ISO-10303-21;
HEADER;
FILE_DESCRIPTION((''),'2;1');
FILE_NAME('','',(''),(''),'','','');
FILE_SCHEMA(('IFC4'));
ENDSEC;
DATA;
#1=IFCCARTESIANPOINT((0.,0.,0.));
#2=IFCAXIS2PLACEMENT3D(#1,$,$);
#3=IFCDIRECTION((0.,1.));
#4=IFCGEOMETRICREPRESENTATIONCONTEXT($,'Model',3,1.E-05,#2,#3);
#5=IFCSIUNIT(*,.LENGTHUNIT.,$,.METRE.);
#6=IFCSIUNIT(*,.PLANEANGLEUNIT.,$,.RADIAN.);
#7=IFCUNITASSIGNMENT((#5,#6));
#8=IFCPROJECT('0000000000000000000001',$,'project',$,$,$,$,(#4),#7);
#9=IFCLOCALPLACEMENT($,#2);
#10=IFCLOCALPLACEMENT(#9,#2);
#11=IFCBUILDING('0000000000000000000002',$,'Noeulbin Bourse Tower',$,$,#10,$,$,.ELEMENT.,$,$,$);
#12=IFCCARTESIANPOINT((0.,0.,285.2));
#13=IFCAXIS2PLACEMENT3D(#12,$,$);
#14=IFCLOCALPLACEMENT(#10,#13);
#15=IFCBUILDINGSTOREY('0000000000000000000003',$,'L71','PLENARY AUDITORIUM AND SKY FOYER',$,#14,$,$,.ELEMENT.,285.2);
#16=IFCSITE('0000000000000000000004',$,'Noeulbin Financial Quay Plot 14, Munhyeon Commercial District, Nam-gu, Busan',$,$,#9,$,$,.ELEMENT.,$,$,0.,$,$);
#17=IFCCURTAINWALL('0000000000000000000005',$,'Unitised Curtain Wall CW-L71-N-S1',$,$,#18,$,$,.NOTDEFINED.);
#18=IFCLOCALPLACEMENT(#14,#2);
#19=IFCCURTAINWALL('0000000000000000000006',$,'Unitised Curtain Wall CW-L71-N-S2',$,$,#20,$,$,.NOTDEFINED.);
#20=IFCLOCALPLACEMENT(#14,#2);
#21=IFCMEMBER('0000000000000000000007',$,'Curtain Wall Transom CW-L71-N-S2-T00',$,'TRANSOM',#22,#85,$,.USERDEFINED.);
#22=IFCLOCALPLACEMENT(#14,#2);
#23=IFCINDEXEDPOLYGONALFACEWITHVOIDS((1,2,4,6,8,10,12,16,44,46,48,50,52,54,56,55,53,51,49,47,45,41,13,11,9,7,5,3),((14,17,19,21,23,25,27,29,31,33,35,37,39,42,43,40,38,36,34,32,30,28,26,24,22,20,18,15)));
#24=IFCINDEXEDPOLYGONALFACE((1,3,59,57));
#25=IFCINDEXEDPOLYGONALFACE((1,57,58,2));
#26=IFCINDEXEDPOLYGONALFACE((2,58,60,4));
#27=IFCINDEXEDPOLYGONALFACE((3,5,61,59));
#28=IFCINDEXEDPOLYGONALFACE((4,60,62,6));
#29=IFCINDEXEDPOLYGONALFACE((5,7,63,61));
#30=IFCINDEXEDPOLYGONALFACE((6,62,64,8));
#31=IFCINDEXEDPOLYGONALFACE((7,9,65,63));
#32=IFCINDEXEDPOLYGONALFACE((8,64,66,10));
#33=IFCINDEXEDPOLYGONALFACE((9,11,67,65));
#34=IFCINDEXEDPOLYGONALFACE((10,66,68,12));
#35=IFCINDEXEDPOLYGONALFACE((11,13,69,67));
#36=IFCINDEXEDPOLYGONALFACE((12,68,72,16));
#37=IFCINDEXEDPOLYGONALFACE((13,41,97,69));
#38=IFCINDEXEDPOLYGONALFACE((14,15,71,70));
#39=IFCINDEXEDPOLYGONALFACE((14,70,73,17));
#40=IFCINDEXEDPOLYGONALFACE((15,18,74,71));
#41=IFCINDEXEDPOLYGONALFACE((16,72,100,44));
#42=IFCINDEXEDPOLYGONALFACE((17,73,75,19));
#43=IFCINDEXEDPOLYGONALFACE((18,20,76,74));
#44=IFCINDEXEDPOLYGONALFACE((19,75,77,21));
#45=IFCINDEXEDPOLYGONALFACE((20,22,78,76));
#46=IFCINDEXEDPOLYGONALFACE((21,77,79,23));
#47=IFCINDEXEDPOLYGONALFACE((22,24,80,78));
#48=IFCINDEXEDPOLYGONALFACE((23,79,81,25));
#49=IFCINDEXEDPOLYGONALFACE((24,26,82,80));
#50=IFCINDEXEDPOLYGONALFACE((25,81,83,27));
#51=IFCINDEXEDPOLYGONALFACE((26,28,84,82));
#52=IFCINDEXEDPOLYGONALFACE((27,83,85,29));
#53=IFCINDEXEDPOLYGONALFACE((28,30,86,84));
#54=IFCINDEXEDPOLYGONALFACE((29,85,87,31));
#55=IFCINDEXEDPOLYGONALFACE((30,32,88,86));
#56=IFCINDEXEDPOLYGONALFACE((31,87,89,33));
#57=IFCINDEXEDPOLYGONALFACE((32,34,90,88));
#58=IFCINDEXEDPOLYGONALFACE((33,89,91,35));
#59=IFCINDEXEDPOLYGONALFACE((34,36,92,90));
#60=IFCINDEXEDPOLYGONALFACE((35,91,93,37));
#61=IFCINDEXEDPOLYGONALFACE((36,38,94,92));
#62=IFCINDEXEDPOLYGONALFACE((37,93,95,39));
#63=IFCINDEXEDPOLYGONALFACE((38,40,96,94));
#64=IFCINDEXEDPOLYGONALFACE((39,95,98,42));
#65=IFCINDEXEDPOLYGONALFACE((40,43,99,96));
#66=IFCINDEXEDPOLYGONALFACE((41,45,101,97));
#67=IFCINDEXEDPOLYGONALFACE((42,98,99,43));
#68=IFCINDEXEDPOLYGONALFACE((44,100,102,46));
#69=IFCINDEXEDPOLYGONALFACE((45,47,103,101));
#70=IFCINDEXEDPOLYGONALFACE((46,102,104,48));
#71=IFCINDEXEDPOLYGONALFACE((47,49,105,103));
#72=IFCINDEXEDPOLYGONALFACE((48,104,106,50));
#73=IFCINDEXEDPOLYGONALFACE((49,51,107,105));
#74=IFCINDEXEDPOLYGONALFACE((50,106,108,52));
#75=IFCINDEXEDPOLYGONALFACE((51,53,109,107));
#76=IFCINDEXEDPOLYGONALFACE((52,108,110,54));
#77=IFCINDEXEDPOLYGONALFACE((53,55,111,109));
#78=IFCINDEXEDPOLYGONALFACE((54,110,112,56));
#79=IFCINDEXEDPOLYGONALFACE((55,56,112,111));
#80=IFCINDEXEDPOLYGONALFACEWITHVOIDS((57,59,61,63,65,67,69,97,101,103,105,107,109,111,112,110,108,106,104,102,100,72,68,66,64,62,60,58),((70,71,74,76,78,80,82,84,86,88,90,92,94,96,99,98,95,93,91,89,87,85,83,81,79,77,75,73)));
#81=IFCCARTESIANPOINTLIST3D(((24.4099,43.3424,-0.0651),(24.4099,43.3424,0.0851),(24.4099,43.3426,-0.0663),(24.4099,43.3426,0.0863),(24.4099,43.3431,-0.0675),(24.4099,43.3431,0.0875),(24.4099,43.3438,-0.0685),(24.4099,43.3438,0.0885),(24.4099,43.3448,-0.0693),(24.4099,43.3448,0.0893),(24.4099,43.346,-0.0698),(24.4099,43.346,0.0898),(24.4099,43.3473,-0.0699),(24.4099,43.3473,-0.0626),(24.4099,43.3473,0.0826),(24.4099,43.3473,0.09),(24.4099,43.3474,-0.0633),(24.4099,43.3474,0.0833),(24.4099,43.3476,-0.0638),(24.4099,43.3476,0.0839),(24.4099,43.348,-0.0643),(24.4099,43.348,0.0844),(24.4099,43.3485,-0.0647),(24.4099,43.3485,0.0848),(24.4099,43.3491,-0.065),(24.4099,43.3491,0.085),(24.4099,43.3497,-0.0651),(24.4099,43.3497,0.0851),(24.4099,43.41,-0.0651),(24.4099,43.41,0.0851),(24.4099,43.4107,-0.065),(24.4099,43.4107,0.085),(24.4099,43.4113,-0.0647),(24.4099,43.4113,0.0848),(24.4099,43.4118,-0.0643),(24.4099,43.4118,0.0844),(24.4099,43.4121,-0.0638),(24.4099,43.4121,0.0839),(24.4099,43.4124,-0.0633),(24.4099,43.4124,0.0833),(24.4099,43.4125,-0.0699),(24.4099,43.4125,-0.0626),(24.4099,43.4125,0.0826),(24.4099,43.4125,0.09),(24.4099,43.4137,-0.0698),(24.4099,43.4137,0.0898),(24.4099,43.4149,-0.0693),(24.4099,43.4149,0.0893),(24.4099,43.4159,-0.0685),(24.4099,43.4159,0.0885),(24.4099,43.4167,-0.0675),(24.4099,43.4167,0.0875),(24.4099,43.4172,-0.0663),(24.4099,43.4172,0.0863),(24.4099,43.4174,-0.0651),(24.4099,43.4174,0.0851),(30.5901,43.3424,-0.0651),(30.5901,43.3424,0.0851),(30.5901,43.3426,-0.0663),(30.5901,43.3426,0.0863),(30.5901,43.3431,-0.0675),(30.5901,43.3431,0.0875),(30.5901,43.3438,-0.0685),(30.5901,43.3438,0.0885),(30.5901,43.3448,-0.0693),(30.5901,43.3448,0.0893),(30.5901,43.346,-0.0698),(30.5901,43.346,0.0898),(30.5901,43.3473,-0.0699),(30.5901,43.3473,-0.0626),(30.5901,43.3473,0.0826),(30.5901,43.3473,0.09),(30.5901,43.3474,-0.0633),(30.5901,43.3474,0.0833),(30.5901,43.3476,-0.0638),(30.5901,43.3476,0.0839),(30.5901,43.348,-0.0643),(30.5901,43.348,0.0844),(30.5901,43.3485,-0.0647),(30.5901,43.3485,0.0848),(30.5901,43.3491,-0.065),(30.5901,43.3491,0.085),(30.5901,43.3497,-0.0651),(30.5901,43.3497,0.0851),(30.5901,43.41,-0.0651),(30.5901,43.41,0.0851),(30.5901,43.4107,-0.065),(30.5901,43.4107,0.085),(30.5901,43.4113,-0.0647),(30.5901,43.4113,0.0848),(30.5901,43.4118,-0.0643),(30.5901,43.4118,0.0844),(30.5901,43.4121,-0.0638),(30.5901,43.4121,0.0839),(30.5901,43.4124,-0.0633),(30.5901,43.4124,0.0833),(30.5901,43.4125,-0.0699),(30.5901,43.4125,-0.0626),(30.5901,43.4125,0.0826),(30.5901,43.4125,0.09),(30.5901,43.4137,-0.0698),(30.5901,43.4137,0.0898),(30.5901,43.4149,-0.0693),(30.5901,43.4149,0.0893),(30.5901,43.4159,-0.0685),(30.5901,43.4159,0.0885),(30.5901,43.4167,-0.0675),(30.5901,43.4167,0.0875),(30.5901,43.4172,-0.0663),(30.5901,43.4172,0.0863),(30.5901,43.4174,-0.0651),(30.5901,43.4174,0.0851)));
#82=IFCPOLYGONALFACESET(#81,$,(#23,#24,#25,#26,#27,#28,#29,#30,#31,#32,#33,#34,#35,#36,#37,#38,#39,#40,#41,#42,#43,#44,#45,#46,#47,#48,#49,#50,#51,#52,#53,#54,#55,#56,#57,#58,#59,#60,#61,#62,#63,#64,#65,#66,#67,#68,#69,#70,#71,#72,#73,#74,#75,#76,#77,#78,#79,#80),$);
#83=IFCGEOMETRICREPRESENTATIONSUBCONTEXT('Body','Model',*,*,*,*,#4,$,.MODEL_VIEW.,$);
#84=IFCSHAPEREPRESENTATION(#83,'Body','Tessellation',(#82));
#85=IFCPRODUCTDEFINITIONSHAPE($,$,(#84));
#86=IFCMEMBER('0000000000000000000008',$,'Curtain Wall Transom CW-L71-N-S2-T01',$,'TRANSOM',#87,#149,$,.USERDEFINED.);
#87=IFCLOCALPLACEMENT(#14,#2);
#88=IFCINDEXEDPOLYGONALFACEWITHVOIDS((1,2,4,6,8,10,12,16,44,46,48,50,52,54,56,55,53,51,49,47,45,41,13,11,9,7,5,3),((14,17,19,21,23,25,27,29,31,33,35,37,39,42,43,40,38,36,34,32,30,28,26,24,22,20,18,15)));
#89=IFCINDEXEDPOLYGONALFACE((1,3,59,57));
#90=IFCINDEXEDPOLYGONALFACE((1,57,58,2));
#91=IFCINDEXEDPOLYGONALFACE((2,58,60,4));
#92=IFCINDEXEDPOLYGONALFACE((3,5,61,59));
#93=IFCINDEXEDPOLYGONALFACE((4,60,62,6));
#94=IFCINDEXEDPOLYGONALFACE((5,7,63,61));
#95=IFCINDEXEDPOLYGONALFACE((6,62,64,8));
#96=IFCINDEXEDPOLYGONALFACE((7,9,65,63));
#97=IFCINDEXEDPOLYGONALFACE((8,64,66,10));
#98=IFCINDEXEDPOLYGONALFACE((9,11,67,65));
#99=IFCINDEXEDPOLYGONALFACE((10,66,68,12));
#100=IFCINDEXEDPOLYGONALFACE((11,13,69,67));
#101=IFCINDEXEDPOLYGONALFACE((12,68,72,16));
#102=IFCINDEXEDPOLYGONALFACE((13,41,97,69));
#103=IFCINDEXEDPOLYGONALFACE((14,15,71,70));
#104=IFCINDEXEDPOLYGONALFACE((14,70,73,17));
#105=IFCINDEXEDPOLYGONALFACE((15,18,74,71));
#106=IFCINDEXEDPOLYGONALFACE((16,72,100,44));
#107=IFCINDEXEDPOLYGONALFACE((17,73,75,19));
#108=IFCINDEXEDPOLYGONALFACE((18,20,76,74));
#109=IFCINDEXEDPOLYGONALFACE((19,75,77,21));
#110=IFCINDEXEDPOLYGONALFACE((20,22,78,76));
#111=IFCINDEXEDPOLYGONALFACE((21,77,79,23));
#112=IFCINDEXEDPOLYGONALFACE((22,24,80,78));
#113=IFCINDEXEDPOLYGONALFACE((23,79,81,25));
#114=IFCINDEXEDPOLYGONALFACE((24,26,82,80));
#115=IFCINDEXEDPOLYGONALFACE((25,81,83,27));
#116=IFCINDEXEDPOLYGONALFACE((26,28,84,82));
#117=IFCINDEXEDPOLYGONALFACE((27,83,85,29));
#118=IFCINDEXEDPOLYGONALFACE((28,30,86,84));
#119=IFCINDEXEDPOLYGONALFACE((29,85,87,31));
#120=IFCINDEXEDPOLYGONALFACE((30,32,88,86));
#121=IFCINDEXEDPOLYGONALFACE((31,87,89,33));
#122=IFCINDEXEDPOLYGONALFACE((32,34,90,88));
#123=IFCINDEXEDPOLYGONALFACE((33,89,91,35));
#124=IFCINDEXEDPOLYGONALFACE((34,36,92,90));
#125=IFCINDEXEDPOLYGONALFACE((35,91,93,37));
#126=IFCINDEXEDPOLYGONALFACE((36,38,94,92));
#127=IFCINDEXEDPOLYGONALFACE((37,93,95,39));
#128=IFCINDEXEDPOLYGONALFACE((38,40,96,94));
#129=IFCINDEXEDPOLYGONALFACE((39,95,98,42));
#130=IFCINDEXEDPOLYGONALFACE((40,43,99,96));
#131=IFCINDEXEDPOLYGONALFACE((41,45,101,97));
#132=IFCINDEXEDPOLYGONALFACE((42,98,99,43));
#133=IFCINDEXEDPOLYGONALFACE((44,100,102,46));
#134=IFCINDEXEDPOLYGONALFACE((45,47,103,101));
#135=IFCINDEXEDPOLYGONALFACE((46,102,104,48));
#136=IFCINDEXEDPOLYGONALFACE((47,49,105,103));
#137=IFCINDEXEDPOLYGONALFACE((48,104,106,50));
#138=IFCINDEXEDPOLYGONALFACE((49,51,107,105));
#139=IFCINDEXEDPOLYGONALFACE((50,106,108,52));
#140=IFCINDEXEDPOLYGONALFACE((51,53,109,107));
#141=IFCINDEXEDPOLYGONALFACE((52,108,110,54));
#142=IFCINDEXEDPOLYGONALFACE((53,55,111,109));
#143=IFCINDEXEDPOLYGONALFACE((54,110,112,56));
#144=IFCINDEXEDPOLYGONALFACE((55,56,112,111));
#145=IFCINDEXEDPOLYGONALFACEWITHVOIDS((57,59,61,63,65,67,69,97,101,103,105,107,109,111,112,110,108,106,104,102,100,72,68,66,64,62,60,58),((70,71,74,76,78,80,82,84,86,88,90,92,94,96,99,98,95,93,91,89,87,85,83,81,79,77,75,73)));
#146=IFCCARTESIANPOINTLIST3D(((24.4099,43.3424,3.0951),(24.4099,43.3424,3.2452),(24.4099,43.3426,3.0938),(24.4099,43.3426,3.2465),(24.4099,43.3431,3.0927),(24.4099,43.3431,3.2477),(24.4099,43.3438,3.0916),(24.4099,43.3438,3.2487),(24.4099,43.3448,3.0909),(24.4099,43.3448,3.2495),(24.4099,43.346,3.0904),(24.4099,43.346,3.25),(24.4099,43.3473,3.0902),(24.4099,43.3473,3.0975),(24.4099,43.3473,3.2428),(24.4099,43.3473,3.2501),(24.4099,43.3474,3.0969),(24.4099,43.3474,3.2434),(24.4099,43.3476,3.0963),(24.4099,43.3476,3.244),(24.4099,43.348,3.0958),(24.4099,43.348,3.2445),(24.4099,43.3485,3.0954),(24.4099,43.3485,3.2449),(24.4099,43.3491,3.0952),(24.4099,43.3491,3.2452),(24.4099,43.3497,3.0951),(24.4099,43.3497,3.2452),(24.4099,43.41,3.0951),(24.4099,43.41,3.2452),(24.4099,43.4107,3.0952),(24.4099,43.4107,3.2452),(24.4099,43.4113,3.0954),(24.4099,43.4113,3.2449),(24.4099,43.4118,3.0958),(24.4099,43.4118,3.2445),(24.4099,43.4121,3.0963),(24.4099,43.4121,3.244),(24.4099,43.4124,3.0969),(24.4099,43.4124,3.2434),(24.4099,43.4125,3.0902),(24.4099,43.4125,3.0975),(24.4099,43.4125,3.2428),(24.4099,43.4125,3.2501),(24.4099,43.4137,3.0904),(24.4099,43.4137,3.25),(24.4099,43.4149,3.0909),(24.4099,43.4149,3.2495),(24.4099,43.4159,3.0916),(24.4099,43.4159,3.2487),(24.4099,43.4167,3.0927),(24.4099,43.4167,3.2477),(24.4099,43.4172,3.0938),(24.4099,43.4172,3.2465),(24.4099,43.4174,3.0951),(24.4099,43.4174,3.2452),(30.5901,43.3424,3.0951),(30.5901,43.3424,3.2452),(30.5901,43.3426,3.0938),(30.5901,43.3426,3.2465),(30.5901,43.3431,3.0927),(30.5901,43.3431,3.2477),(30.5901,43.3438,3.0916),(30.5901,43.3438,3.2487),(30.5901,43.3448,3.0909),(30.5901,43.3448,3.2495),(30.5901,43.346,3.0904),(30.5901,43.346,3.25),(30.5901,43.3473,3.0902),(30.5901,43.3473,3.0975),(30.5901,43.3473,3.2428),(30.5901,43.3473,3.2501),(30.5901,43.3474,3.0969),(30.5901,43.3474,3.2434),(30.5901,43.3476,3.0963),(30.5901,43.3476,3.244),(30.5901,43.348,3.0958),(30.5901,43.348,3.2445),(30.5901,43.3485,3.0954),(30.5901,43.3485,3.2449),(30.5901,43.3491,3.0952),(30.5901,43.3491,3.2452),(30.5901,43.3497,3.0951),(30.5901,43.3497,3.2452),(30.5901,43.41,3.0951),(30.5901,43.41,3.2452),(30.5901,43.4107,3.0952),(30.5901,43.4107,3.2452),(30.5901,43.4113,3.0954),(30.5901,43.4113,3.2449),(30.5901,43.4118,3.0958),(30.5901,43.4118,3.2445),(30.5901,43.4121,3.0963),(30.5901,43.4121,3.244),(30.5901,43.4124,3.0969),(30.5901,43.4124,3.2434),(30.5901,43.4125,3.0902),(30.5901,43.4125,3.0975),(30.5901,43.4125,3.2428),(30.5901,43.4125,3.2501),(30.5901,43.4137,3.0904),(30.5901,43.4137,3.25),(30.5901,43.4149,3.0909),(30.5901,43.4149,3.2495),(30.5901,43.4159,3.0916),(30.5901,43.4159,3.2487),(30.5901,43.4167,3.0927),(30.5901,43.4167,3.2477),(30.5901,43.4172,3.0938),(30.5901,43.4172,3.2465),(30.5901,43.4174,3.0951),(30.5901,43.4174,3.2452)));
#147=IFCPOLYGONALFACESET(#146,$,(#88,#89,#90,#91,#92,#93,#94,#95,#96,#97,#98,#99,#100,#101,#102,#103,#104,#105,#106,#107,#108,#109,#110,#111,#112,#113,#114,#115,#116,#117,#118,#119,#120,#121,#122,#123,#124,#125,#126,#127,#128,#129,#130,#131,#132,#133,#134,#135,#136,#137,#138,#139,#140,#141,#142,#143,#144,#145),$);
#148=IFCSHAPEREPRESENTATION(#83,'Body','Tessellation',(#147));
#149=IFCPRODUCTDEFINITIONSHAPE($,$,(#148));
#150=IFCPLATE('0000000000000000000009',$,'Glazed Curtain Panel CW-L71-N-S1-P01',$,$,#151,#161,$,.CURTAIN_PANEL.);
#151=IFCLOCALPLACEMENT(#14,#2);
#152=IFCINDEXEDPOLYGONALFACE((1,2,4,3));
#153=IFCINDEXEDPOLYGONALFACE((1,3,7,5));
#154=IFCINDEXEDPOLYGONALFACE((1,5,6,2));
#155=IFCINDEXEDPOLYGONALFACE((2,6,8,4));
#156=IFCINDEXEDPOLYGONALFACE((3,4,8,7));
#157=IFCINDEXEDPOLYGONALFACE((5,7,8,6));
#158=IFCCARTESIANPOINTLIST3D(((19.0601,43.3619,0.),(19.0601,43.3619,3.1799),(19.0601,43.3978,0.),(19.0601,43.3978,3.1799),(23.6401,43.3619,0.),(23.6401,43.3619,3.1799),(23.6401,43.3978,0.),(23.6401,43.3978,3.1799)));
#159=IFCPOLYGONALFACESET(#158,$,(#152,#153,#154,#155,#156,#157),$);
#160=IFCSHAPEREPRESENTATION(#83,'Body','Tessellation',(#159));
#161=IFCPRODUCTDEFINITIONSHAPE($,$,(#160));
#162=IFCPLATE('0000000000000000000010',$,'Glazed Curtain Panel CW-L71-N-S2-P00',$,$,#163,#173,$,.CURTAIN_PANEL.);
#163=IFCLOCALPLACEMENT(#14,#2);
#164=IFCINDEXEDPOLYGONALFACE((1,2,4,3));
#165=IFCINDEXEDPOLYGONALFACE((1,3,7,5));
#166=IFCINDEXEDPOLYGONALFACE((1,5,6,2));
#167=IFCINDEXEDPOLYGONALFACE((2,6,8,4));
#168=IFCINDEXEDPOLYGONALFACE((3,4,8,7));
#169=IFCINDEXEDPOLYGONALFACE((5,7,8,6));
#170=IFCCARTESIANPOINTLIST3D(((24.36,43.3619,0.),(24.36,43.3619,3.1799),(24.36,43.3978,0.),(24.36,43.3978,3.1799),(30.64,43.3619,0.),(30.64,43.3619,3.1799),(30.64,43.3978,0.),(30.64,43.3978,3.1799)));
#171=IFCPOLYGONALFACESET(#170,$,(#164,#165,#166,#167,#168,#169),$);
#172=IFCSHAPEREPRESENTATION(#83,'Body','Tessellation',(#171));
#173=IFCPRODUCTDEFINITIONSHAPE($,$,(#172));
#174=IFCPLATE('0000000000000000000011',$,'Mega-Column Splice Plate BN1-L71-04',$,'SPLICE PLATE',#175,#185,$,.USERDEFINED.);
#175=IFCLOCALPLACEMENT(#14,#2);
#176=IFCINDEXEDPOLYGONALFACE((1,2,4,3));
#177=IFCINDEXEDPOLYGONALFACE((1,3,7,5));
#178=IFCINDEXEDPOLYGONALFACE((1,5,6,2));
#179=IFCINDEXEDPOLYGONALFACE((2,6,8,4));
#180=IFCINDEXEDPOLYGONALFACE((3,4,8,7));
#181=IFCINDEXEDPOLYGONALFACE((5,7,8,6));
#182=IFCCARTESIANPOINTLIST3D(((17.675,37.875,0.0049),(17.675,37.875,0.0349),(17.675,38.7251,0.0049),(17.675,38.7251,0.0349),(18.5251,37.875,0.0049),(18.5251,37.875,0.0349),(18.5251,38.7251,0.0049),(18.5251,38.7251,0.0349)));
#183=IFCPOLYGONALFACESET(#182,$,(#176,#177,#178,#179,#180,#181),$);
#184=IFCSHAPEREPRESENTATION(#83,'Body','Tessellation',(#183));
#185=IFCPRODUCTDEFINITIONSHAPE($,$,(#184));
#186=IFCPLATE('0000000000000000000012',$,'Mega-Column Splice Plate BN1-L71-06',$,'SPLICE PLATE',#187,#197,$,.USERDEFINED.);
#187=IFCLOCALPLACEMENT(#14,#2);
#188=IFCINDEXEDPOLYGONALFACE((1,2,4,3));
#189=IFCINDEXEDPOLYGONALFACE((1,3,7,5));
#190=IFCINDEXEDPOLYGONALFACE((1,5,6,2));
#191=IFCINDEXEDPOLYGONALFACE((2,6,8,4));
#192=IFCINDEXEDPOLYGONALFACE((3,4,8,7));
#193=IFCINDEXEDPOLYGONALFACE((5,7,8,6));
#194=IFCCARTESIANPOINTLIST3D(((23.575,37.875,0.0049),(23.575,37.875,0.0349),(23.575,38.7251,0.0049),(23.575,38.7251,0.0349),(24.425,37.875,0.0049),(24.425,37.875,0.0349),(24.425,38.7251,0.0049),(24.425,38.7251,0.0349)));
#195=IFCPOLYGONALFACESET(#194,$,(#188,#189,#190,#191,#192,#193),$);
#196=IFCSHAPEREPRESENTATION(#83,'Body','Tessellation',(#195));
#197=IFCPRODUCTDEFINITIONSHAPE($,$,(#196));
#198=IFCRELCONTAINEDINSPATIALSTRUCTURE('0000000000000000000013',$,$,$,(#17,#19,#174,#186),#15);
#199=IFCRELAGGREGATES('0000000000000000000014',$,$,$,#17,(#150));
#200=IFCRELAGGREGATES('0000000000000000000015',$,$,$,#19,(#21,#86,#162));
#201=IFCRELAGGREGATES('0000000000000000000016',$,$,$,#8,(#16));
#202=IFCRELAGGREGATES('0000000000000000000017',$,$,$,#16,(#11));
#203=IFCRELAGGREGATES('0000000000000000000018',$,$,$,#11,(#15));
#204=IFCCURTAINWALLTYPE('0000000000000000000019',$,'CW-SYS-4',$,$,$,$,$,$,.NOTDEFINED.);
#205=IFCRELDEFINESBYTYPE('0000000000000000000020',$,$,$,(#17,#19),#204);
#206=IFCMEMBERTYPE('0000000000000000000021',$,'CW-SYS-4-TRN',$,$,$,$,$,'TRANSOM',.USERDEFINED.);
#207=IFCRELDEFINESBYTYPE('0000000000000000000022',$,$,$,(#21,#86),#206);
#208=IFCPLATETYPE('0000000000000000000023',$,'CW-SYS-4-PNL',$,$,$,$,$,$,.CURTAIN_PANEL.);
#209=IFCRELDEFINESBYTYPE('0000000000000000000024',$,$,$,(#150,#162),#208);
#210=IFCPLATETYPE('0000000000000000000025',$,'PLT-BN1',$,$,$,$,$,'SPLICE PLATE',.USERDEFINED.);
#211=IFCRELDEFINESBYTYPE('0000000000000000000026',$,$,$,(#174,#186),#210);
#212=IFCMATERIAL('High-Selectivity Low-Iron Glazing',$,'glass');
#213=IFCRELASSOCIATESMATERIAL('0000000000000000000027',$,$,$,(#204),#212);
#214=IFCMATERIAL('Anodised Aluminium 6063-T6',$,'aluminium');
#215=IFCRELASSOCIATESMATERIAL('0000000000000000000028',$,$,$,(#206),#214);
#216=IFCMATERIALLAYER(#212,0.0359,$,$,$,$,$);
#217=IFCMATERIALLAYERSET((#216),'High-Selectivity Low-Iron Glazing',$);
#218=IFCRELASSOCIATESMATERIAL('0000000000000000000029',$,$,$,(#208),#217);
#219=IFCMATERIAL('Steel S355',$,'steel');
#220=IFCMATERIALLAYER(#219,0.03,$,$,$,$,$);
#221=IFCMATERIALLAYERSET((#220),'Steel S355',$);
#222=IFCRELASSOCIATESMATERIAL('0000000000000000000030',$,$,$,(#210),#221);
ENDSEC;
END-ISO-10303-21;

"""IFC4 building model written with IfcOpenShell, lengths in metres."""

from ifc_helpers import new_model, si_unit, direction, frame, origin, origin_2d, place, context, subcontext, project, spatial, rectangle, hollow_rectangle, extrude, material, layer, layer_set, material_profile, profile_set, type_object, element, aggregate, save


model = new_model("IFC4")

# Units and contexts
model_context = context("Model", 3, precision=1e-05, world=origin(), true_north=direction((0.0, 1.0)))
body_context = subcontext(model_context, "Body", "Model", "MODEL_VIEW")
ifc_project = project(units=[si_unit("LENGTHUNIT", "METRE"), si_unit("PLANEANGLEUNIT", "RADIAN")], contexts=[model_context])

# Site, building, storey
site_placement = place(None, origin())
site = spatial("IfcSite", under=ifc_project, at=site_placement, Name="Noeulbin Financial Quay Plot 14, Munhyeon Commercial District, Nam-gu, Busan", CompositionType="ELEMENT", RefElevation=0.0)
building_placement = place(site_placement, origin())
building = spatial("IfcBuilding", under=site, at=building_placement, Name="Noeulbin Bourse Tower", CompositionType="ELEMENT")
storey_placement = place(building_placement, frame((0.0, 0.0, 285.2)))
storey = spatial("IfcBuildingStorey", under=building, at=storey_placement, Name="L71", Description="PLENARY AUDITORIUM AND SKY FOYER", CompositionType="ELEMENT", Elevation=285.2)

# Shared definitions
ifc_material_1 = material(Name="Steel S355", Category="steel")

# Curtain walls, members
ifc_material_2 = material(Name="High-Selectivity Low-Iron Glazing", Category="glass")
curtain_wall_type = type_object("IfcCurtainWallType", Name="CW-SYS-4", PredefinedType="NOTDEFINED", material=ifc_material_2)
curtain_wall_1_placement = place(storey_placement, origin())
curtain_wall_1 = element("IfcCurtainWall", 1, at=curtain_wall_1_placement, inside=storey, type_object=curtain_wall_type, Name="Unitised Curtain Wall CW-L71-N-S1", PredefinedType="NOTDEFINED")
ifc_material_3 = material(Name="Anodised Aluminium 6063-T6", Category="aluminium")
curtain_wall_2_placement = place(storey_placement, origin())
curtain_wall_2 = element("IfcCurtainWall", 2, at=curtain_wall_2_placement, inside=storey, type_object=curtain_wall_type, Name="Unitised Curtain Wall CW-L71-N-S2", PredefinedType="NOTDEFINED")
ifc_material_profile_1 = material_profile(ifc_material_3, hollow_rectangle(XDim=0.075, YDim=0.1599, WallThickness=0.0049, InnerFilletRadius=0.0024, OuterFilletRadius=0.0049, at=origin_2d()), Name="ALU-TRAN-75x160x5", Category="LoadBearing")
ifc_profile_set_1 = profile_set([ifc_material_profile_1], Name="Anodised Aluminium 6063-T6")
member_type_1 = type_object("IfcMemberType", Name="CW-SYS-4-TRN", ElementType="TRANSOM", PredefinedType="USERDEFINED", material=ifc_profile_set_1)
member_1_placement = place(storey_placement, frame((24.4099, 43.3799, 0.01), z_axis=(1.0, 0.0, 0.0), x_axis=(0.0, 1.0, 0.0)))
member_1 = element("IfcMember", 3, at=member_1_placement, type_object=member_type_1, Name="Curtain Wall Transom CW-L71-N-S2-T00", ObjectType="TRANSOM", PredefinedType="USERDEFINED", context=body_context, shape_type="SweptSolid", body=[
    extrude(hollow_rectangle(XDim=0.075, YDim=0.1599, WallThickness=0.0049, InnerFilletRadius=0.0024, OuterFilletRadius=0.0049, at=origin_2d()), origin(), (0.0, 0.0, 1.0), 6.1802),
])
member_2_placement = place(storey_placement, frame((24.4099, 43.3799, 3.1702), z_axis=(1.0, 0.0, 0.0), x_axis=(0.0, 1.0, 0.0)))
member_2 = element("IfcMember", 4, at=member_2_placement, type_object=member_type_1, Name="Curtain Wall Transom CW-L71-N-S2-T01", ObjectType="TRANSOM", PredefinedType="USERDEFINED", context=body_context, shape_type="SweptSolid", body=[
    extrude(hollow_rectangle(XDim=0.075, YDim=0.1599, WallThickness=0.0049, InnerFilletRadius=0.0024, OuterFilletRadius=0.0049, at=origin_2d()), origin(), (0.0, 0.0, 1.0), 6.1802),
])

# Plates
ifc_layer_1 = layer(ifc_material_2, 0.0359)
ifc_layer_set_1 = layer_set([ifc_layer_1], Name="High-Selectivity Low-Iron Glazing")
plate_type_1 = type_object("IfcPlateType", Name="CW-SYS-4-PNL", PredefinedType="CURTAIN_PANEL", material=ifc_layer_set_1)
plate_1_placement = place(storey_placement, frame((21.3501, 43.3799, 0.0), z_axis=(0.0, 0.0, 1.0), x_axis=(1.0, 0.0, 0.0)))
plate_1 = element("IfcPlate", 5, at=plate_1_placement, type_object=plate_type_1, Name="Glazed Curtain Panel CW-L71-N-S1-P01", PredefinedType="CURTAIN_PANEL", context=body_context, shape_type="SweptSolid", body=[
    extrude(rectangle(XDim=4.5801, YDim=0.0359, at=origin_2d()), origin(), (0.0, 0.0, 1.0), 3.1799),
])
aggregate(curtain_wall_1, [plate_1])
plate_2_placement = place(storey_placement, frame((27.5, 43.3799, 0.0), z_axis=(0.0, 0.0, 1.0), x_axis=(1.0, 0.0, 0.0)))
plate_2 = element("IfcPlate", 6, at=plate_2_placement, type_object=plate_type_1, Name="Glazed Curtain Panel CW-L71-N-S2-P00", PredefinedType="CURTAIN_PANEL", context=body_context, shape_type="SweptSolid", body=[
    extrude(rectangle(XDim=6.28, YDim=0.0359, at=origin_2d()), origin(), (0.0, 0.0, 1.0), 3.1799),
])
aggregate(curtain_wall_2, [member_1, member_2, plate_2])

# Plates
ifc_layer_2 = layer(ifc_material_1, 0.03)
ifc_layer_set_2 = layer_set([ifc_layer_2], Name="Steel S355")
plate_type_2 = type_object("IfcPlateType", Name="PLT-BN1", ElementType="SPLICE PLATE", PredefinedType="USERDEFINED", material=ifc_layer_set_2)
for number, where, z_axis, x_axis, name in (
    (7, (18.1001, 38.3, 0.0049), (0.0, 0.0, 1.0), (1.0, 0.0, 0.0), "Mega-Column Splice Plate BN1-L71-04"),
    (8, (24.0, 38.3, 0.0049), (0.0, 0.0, 1.0), (1.0, 0.0, 0.0), "Mega-Column Splice Plate BN1-L71-06"),
):
    element("IfcPlate", number, at=place(storey_placement, frame(where, z_axis=z_axis, x_axis=x_axis)), inside=storey, type_object=plate_type_2, Name=name, ObjectType="SPLICE PLATE", PredefinedType="USERDEFINED", context=body_context, shape_type="SweptSolid", body=[
        extrude(rectangle(XDim=0.8501, YDim=0.8501, at=origin_2d()), origin(), (0.0, 0.0, 1.0), 0.03),
    ])

save(model, "model.ifc")
